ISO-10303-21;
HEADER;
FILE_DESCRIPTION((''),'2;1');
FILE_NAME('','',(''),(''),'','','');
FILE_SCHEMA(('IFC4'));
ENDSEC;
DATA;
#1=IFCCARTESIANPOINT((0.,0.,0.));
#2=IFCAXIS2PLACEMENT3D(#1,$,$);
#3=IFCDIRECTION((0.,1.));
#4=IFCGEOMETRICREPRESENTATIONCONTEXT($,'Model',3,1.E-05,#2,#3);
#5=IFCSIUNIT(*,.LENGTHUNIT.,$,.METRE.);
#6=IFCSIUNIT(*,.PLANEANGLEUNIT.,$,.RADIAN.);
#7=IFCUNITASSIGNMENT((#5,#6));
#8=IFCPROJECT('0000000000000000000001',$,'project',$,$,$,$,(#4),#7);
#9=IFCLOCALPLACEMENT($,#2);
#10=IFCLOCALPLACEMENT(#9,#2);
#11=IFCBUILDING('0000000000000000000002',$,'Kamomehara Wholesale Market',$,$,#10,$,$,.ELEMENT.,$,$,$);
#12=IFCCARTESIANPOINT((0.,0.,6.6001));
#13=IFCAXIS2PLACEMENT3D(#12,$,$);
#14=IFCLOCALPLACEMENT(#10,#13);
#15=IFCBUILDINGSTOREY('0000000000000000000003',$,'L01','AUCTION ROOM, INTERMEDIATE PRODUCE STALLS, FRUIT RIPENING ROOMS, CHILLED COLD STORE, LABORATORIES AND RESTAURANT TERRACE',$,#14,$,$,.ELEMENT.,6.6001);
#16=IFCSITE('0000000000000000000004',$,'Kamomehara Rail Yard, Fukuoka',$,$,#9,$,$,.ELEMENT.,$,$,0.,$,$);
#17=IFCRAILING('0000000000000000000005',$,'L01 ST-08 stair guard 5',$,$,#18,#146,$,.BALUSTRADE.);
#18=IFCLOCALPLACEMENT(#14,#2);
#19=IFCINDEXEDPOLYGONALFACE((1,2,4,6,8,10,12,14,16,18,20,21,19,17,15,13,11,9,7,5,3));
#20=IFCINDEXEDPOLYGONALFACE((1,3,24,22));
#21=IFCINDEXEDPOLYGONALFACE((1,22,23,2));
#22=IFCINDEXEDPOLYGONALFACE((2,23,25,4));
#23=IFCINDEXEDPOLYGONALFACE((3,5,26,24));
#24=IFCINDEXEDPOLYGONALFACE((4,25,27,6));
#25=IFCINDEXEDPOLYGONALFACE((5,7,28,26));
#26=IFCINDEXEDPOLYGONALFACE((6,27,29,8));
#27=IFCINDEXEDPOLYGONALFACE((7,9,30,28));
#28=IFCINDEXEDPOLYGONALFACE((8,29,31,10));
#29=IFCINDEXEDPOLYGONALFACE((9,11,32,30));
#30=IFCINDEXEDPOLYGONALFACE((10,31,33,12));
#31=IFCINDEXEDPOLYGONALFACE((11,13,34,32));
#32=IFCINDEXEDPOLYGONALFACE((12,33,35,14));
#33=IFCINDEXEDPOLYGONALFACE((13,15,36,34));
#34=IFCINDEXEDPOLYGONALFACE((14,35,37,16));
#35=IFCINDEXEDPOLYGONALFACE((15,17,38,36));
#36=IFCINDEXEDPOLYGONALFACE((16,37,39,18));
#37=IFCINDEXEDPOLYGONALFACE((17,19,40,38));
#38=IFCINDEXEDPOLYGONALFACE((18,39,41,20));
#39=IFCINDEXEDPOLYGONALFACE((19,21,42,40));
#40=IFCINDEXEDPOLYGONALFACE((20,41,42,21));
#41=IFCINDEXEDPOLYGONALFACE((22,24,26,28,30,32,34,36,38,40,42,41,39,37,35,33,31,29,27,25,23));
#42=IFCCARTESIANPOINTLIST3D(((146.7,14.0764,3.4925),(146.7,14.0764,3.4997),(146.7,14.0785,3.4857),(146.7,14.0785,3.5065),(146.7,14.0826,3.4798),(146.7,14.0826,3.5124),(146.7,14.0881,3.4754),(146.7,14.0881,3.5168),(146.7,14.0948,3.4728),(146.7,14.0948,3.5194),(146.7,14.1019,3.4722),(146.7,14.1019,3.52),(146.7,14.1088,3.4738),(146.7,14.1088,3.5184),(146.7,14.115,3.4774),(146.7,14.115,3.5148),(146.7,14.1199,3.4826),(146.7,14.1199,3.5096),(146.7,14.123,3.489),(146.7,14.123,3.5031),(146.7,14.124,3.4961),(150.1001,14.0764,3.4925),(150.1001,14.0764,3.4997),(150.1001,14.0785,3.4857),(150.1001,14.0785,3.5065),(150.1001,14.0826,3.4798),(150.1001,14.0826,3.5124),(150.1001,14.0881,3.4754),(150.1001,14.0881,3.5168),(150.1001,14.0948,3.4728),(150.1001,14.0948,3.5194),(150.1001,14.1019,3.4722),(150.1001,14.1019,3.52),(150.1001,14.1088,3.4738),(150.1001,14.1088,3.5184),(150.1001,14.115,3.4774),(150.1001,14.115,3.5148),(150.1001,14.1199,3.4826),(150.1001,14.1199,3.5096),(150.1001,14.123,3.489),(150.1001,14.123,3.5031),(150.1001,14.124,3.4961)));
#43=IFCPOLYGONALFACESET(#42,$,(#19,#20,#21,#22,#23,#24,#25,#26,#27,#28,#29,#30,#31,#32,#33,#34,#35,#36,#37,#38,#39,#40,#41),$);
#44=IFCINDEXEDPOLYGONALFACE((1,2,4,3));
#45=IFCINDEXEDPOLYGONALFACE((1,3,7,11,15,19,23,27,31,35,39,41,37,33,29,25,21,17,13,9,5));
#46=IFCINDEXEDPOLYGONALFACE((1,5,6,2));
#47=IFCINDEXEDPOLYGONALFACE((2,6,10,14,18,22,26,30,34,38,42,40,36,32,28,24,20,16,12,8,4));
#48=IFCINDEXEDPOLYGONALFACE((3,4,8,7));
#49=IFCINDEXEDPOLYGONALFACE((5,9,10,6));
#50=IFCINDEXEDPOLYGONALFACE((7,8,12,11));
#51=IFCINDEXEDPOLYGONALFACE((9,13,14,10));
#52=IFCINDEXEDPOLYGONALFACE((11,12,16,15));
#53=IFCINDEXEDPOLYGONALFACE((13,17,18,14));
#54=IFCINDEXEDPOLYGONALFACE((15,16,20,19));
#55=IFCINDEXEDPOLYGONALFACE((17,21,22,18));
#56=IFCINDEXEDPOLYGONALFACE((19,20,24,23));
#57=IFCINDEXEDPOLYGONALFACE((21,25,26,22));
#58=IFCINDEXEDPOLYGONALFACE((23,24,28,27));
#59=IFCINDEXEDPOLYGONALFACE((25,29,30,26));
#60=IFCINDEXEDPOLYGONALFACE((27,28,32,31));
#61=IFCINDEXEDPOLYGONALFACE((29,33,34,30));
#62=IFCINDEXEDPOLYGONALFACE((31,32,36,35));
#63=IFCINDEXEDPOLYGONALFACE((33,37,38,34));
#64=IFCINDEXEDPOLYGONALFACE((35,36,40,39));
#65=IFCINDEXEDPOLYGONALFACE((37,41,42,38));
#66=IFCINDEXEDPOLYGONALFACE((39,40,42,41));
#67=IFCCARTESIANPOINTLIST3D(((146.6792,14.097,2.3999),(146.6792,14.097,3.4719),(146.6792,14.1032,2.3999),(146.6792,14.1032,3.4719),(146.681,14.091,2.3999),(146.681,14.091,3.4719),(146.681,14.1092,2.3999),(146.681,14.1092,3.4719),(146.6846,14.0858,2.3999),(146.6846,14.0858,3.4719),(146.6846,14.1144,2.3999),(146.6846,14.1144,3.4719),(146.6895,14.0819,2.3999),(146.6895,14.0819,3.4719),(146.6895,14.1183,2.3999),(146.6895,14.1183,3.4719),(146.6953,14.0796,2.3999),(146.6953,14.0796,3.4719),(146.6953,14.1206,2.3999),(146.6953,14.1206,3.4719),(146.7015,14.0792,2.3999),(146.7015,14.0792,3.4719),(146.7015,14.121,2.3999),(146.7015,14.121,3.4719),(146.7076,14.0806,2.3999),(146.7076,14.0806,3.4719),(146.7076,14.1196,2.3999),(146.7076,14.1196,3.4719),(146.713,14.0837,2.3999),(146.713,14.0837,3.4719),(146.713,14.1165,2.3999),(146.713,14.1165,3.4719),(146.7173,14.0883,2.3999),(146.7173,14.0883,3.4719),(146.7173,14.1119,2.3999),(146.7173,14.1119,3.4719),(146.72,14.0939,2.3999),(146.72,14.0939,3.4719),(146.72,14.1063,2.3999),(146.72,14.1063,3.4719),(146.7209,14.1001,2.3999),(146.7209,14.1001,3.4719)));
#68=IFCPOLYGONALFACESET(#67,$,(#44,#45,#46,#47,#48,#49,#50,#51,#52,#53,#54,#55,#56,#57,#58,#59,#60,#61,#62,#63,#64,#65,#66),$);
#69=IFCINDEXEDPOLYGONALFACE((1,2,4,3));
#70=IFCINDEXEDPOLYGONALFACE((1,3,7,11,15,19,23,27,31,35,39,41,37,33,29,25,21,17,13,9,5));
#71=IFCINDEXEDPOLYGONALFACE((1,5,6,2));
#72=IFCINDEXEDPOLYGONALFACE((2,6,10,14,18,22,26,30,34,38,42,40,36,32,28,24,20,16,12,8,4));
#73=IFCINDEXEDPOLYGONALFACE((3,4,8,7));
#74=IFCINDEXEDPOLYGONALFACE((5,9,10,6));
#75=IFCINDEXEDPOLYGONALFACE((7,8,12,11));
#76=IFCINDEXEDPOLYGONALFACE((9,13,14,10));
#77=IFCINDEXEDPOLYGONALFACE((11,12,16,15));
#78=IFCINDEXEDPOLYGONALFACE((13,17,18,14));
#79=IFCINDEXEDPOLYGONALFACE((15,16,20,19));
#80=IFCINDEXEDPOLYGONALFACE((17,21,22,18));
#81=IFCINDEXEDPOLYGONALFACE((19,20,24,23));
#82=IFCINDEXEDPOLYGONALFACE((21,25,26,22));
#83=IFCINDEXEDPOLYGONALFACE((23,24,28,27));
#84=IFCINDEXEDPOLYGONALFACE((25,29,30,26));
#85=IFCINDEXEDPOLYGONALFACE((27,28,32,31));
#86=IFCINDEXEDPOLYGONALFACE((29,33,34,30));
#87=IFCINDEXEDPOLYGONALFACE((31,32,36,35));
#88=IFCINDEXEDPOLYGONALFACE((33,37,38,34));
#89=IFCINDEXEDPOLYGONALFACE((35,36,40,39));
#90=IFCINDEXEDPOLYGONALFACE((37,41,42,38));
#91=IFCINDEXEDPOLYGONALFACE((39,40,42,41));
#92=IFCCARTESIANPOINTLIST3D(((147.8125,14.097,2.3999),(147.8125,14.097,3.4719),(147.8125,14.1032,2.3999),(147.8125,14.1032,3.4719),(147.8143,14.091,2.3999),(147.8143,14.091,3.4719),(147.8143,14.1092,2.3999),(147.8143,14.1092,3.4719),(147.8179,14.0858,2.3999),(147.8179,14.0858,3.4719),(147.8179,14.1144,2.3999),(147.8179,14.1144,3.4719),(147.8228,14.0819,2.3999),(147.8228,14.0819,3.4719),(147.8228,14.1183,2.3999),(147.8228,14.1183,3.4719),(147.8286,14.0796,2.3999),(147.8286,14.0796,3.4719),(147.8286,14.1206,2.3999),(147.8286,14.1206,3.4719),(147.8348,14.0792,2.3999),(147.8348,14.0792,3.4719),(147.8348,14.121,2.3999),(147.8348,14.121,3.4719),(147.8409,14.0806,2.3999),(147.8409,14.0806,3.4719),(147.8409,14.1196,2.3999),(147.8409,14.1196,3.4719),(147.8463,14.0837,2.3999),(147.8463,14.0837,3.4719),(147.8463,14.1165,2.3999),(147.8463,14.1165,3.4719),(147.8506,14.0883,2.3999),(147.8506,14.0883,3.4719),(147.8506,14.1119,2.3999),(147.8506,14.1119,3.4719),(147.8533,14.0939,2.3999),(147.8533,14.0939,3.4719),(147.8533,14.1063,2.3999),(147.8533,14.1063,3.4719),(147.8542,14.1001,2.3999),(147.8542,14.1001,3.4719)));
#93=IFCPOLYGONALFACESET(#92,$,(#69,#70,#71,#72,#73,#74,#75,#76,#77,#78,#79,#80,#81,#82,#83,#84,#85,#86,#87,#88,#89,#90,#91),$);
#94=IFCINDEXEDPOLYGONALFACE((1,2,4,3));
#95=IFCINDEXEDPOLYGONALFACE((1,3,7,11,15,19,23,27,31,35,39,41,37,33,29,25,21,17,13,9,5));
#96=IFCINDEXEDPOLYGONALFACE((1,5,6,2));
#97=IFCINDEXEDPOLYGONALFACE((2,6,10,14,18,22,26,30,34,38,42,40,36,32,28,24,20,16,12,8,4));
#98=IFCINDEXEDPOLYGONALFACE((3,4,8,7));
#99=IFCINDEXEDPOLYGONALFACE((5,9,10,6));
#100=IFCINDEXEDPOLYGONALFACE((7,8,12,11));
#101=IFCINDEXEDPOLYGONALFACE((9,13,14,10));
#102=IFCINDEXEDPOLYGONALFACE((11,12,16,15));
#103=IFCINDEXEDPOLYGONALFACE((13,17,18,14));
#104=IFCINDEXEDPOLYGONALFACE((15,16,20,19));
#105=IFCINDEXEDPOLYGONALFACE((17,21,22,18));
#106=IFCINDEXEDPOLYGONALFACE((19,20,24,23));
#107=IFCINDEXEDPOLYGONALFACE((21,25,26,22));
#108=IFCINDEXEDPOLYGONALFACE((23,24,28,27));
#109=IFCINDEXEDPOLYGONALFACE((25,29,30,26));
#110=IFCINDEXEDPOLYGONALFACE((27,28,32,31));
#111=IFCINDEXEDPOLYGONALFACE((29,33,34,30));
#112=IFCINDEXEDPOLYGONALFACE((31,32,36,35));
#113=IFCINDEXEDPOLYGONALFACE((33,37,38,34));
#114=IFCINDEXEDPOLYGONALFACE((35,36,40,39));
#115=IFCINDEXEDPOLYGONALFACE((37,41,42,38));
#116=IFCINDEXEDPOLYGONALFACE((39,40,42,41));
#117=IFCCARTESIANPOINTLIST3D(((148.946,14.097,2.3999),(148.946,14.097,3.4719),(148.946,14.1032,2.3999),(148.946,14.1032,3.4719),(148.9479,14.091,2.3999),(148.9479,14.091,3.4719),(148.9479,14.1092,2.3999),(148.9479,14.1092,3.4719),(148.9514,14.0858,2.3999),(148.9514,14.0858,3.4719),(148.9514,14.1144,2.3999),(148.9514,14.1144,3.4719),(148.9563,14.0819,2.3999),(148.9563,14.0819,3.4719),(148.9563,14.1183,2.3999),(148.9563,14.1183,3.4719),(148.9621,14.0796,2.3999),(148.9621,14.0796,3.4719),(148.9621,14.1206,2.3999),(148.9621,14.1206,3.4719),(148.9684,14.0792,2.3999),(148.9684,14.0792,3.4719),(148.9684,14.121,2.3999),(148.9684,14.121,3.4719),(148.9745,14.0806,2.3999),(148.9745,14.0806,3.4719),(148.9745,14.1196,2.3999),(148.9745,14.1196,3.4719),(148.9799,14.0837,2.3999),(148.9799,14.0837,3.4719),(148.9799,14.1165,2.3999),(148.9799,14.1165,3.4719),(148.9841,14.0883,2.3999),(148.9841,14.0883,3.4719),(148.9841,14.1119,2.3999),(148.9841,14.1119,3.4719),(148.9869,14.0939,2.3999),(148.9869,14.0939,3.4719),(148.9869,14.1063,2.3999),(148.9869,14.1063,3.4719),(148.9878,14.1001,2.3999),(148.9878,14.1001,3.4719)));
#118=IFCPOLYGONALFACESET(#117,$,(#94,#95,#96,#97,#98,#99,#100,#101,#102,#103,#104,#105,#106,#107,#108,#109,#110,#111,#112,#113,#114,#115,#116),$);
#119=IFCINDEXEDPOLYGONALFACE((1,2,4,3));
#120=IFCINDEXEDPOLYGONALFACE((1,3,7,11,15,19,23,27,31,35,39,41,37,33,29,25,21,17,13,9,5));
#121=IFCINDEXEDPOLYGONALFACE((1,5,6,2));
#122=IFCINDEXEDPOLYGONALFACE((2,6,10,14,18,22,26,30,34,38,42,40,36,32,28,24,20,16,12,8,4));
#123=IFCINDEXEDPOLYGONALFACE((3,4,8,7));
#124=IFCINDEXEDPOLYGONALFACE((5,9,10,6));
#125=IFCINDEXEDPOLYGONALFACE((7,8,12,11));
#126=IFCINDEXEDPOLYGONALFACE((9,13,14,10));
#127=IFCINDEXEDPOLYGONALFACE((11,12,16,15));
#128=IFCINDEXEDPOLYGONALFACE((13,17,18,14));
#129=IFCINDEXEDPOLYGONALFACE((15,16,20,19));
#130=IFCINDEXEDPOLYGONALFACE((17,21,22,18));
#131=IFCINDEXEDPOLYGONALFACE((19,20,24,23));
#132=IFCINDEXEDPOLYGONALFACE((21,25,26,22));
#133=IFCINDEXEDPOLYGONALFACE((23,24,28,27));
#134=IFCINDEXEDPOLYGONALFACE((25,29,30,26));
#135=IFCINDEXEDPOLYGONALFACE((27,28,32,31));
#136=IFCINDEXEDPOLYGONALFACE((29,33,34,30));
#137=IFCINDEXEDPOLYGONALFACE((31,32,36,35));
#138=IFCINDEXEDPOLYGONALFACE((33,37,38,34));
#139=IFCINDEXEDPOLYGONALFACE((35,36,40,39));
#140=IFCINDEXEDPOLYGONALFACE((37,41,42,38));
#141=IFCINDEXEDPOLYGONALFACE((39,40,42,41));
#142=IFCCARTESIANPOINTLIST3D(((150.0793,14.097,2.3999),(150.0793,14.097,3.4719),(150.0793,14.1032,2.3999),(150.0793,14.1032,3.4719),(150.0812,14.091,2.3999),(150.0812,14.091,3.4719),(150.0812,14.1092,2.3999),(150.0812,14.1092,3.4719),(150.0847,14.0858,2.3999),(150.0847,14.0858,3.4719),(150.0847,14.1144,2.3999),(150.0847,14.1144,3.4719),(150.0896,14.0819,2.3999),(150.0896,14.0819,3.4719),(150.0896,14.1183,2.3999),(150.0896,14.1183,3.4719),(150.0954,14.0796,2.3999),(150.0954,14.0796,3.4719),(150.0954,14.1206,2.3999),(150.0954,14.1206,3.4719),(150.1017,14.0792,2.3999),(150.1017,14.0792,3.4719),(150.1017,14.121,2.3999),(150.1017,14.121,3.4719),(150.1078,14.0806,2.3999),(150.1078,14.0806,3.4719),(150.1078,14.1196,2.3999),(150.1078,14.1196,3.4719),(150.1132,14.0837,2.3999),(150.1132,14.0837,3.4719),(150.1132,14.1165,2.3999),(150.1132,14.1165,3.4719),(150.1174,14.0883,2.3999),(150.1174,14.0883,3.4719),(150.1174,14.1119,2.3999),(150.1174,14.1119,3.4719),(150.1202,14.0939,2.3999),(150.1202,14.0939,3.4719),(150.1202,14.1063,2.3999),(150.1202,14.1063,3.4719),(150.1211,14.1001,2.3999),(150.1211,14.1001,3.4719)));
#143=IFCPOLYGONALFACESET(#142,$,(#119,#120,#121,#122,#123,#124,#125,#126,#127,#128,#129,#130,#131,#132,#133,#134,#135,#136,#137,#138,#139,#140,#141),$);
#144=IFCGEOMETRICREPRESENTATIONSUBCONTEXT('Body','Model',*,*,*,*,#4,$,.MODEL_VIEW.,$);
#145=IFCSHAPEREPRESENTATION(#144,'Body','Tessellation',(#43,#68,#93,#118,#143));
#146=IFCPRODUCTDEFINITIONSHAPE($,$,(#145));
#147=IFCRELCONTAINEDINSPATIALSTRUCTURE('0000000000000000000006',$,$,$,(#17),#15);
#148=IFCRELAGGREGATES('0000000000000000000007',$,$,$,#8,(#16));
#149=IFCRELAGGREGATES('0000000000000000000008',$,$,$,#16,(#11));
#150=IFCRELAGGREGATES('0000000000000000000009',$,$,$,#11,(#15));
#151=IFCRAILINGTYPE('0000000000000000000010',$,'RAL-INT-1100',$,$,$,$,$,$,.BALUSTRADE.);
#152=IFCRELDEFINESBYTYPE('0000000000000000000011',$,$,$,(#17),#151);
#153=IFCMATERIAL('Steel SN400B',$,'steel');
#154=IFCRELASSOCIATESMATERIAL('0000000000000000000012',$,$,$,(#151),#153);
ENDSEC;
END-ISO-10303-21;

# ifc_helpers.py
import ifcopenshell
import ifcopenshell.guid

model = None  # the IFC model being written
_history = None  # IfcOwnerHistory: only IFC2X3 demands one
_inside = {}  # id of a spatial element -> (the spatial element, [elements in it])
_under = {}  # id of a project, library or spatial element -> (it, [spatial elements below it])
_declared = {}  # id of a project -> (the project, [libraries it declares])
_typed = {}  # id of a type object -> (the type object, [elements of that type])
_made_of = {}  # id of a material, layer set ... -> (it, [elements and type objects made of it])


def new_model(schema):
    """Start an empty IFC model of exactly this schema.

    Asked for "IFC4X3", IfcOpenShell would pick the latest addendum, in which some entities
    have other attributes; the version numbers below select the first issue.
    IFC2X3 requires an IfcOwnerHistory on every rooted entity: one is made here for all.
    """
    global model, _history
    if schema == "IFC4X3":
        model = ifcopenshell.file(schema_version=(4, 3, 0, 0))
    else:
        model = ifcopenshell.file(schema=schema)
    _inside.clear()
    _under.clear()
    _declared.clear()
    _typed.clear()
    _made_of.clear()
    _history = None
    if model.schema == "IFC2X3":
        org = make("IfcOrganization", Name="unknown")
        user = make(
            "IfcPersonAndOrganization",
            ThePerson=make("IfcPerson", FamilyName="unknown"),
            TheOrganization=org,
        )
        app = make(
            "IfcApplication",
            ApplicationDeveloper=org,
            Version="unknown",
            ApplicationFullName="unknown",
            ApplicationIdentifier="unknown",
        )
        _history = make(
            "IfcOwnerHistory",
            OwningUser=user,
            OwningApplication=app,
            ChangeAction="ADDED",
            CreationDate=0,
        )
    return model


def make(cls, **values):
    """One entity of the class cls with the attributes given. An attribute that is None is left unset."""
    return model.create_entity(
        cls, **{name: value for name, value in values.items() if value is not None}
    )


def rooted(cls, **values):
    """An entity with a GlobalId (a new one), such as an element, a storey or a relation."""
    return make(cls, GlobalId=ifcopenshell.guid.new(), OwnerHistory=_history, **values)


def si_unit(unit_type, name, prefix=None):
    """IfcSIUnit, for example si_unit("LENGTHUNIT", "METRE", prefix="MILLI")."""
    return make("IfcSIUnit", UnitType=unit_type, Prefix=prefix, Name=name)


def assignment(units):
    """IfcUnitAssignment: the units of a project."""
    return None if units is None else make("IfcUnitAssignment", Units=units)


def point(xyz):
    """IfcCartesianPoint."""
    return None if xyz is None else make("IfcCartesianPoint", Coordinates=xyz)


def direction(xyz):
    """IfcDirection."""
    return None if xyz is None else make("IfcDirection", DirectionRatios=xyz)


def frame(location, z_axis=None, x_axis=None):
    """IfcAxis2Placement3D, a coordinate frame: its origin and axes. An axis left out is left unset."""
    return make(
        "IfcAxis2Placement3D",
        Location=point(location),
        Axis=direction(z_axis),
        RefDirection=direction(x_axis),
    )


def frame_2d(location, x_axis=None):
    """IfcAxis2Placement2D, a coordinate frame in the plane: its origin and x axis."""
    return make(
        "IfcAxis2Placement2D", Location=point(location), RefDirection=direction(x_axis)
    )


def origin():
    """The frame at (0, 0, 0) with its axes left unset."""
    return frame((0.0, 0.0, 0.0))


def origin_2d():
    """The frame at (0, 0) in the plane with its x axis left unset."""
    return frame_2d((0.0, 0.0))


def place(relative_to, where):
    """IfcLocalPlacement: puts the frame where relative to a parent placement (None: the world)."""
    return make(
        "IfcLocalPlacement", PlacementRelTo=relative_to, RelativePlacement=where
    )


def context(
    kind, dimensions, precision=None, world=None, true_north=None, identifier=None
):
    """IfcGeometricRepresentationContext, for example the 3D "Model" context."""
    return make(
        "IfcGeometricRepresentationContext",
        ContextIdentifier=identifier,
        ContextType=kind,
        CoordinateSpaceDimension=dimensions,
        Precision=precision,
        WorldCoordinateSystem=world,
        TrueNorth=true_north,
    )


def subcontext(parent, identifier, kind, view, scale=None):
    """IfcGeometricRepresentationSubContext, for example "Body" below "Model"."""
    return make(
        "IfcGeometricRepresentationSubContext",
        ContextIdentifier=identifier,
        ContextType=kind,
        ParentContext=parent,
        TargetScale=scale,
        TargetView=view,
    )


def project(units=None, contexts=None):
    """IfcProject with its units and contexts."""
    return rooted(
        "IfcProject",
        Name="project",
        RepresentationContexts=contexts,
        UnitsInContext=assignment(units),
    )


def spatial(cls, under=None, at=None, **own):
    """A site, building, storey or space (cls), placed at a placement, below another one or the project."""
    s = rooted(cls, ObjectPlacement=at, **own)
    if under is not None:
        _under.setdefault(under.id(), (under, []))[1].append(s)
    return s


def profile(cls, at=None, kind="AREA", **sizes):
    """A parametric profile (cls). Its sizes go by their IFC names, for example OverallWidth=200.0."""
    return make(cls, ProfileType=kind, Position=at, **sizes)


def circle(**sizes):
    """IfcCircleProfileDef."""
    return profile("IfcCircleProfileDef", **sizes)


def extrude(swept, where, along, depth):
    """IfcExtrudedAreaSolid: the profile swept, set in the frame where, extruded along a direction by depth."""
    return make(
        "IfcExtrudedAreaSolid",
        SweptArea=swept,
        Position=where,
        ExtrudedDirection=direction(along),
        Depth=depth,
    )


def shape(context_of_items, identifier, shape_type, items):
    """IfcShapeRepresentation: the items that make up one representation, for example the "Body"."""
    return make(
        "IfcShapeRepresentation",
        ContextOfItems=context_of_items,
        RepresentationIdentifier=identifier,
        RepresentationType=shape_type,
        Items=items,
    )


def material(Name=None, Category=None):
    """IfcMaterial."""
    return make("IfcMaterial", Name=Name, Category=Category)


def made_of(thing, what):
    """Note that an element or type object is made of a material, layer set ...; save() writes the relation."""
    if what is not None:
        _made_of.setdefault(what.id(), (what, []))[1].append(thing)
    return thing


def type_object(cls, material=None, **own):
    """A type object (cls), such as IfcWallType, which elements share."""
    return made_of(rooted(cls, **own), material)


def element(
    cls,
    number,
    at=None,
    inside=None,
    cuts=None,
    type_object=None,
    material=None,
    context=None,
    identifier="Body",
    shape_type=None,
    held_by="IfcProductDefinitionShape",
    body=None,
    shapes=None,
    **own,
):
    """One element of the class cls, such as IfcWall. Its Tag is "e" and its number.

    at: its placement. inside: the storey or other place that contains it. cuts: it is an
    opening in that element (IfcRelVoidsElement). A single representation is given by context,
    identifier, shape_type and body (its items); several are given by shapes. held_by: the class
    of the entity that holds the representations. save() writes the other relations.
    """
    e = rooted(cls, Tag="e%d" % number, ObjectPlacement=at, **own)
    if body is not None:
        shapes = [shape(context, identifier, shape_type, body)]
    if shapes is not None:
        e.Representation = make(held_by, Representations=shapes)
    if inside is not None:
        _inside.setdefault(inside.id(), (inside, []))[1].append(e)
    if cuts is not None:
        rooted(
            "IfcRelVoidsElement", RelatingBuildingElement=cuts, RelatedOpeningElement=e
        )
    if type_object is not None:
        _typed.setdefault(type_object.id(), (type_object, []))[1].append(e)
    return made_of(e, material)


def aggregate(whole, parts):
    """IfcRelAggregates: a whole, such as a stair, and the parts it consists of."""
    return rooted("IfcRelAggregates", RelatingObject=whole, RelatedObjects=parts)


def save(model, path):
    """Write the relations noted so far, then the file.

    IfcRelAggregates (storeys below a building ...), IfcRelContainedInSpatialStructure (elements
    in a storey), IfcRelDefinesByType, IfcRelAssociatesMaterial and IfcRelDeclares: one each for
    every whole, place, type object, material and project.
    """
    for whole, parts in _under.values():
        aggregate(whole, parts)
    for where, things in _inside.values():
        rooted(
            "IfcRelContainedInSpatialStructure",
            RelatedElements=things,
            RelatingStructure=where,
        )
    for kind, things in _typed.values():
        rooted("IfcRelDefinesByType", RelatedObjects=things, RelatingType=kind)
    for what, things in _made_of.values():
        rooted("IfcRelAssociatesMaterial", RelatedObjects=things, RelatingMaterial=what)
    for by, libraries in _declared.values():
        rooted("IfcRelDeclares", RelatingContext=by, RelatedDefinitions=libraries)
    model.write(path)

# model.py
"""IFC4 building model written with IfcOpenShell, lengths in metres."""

from ifc_helpers import new_model, si_unit, direction, frame, origin, origin_2d, place, context, subcontext, project, spatial, circle, extrude, material, type_object, element, save


model = new_model("IFC4")

# Units and contexts
model_context = context("Model", 3, precision=1e-05, world=origin(), true_north=direction((0.0, 1.0)))
body_context = subcontext(model_context, "Body", "Model", "MODEL_VIEW")
ifc_project = project(units=[si_unit("LENGTHUNIT", "METRE"), si_unit("PLANEANGLEUNIT", "RADIAN")], contexts=[model_context])

# Site, building, storey
site_placement = place(None, origin())
site = spatial("IfcSite", under=ifc_project, at=site_placement, Name="Kamomehara Rail Yard, Fukuoka", CompositionType="ELEMENT", RefElevation=0.0)
building_placement = place(site_placement, origin())
building = spatial("IfcBuilding", under=site, at=building_placement, Name="Kamomehara Wholesale Market", CompositionType="ELEMENT")
storey_placement = place(building_placement, frame((0.0, 0.0, 6.6001)))
storey = spatial("IfcBuildingStorey", under=building, at=storey_placement, Name="L01", Description="AUCTION ROOM, INTERMEDIATE PRODUCE STALLS, FRUIT RIPENING ROOMS, CHILLED COLD STORE, LABORATORIES AND RESTAURANT TERRACE", CompositionType="ELEMENT", Elevation=6.6001)

# Railing
ifc_material_1 = material(Name="Steel SN400B", Category="steel")
railing_type_1 = type_object("IfcRailingType", Name="RAL-INT-1100", PredefinedType="BALUSTRADE", material=ifc_material_1)
railing_1_placement = place(storey_placement, frame((146.7, 14.1001, 2.3999)))
element("IfcRailing", 1, at=railing_1_placement, inside=storey, type_object=railing_type_1, Name="L01 ST-08 stair guard 5", PredefinedType="BALUSTRADE", context=body_context, shape_type="SweptSolid", body=[
    extrude(circle(Radius=0.0239, at=origin_2d()), frame((0.0, 0.0, 1.0962), z_axis=(1.0, 0.0, 0.0), x_axis=(0.0, 1.0, 0.0)), (0.0, 0.0, 1.0), 3.4001),
    extrude(circle(Radius=0.021, at=origin_2d()), origin(), (0.0, 0.0, 1.0), 1.072),
    extrude(circle(Radius=0.021, at=origin_2d()), frame((1.1333, 0.0, 0.0)), (0.0, 0.0, 1.0), 1.072),
    extrude(circle(Radius=0.021, at=origin_2d()), frame((2.2668, 0.0, 0.0)), (0.0, 0.0, 1.0), 1.072),
    extrude(circle(Radius=0.021, at=origin_2d()), frame((3.4001, 0.0, 0.0)), (0.0, 0.0, 1.0), 1.072),
])

save(model, "model.ifc")
